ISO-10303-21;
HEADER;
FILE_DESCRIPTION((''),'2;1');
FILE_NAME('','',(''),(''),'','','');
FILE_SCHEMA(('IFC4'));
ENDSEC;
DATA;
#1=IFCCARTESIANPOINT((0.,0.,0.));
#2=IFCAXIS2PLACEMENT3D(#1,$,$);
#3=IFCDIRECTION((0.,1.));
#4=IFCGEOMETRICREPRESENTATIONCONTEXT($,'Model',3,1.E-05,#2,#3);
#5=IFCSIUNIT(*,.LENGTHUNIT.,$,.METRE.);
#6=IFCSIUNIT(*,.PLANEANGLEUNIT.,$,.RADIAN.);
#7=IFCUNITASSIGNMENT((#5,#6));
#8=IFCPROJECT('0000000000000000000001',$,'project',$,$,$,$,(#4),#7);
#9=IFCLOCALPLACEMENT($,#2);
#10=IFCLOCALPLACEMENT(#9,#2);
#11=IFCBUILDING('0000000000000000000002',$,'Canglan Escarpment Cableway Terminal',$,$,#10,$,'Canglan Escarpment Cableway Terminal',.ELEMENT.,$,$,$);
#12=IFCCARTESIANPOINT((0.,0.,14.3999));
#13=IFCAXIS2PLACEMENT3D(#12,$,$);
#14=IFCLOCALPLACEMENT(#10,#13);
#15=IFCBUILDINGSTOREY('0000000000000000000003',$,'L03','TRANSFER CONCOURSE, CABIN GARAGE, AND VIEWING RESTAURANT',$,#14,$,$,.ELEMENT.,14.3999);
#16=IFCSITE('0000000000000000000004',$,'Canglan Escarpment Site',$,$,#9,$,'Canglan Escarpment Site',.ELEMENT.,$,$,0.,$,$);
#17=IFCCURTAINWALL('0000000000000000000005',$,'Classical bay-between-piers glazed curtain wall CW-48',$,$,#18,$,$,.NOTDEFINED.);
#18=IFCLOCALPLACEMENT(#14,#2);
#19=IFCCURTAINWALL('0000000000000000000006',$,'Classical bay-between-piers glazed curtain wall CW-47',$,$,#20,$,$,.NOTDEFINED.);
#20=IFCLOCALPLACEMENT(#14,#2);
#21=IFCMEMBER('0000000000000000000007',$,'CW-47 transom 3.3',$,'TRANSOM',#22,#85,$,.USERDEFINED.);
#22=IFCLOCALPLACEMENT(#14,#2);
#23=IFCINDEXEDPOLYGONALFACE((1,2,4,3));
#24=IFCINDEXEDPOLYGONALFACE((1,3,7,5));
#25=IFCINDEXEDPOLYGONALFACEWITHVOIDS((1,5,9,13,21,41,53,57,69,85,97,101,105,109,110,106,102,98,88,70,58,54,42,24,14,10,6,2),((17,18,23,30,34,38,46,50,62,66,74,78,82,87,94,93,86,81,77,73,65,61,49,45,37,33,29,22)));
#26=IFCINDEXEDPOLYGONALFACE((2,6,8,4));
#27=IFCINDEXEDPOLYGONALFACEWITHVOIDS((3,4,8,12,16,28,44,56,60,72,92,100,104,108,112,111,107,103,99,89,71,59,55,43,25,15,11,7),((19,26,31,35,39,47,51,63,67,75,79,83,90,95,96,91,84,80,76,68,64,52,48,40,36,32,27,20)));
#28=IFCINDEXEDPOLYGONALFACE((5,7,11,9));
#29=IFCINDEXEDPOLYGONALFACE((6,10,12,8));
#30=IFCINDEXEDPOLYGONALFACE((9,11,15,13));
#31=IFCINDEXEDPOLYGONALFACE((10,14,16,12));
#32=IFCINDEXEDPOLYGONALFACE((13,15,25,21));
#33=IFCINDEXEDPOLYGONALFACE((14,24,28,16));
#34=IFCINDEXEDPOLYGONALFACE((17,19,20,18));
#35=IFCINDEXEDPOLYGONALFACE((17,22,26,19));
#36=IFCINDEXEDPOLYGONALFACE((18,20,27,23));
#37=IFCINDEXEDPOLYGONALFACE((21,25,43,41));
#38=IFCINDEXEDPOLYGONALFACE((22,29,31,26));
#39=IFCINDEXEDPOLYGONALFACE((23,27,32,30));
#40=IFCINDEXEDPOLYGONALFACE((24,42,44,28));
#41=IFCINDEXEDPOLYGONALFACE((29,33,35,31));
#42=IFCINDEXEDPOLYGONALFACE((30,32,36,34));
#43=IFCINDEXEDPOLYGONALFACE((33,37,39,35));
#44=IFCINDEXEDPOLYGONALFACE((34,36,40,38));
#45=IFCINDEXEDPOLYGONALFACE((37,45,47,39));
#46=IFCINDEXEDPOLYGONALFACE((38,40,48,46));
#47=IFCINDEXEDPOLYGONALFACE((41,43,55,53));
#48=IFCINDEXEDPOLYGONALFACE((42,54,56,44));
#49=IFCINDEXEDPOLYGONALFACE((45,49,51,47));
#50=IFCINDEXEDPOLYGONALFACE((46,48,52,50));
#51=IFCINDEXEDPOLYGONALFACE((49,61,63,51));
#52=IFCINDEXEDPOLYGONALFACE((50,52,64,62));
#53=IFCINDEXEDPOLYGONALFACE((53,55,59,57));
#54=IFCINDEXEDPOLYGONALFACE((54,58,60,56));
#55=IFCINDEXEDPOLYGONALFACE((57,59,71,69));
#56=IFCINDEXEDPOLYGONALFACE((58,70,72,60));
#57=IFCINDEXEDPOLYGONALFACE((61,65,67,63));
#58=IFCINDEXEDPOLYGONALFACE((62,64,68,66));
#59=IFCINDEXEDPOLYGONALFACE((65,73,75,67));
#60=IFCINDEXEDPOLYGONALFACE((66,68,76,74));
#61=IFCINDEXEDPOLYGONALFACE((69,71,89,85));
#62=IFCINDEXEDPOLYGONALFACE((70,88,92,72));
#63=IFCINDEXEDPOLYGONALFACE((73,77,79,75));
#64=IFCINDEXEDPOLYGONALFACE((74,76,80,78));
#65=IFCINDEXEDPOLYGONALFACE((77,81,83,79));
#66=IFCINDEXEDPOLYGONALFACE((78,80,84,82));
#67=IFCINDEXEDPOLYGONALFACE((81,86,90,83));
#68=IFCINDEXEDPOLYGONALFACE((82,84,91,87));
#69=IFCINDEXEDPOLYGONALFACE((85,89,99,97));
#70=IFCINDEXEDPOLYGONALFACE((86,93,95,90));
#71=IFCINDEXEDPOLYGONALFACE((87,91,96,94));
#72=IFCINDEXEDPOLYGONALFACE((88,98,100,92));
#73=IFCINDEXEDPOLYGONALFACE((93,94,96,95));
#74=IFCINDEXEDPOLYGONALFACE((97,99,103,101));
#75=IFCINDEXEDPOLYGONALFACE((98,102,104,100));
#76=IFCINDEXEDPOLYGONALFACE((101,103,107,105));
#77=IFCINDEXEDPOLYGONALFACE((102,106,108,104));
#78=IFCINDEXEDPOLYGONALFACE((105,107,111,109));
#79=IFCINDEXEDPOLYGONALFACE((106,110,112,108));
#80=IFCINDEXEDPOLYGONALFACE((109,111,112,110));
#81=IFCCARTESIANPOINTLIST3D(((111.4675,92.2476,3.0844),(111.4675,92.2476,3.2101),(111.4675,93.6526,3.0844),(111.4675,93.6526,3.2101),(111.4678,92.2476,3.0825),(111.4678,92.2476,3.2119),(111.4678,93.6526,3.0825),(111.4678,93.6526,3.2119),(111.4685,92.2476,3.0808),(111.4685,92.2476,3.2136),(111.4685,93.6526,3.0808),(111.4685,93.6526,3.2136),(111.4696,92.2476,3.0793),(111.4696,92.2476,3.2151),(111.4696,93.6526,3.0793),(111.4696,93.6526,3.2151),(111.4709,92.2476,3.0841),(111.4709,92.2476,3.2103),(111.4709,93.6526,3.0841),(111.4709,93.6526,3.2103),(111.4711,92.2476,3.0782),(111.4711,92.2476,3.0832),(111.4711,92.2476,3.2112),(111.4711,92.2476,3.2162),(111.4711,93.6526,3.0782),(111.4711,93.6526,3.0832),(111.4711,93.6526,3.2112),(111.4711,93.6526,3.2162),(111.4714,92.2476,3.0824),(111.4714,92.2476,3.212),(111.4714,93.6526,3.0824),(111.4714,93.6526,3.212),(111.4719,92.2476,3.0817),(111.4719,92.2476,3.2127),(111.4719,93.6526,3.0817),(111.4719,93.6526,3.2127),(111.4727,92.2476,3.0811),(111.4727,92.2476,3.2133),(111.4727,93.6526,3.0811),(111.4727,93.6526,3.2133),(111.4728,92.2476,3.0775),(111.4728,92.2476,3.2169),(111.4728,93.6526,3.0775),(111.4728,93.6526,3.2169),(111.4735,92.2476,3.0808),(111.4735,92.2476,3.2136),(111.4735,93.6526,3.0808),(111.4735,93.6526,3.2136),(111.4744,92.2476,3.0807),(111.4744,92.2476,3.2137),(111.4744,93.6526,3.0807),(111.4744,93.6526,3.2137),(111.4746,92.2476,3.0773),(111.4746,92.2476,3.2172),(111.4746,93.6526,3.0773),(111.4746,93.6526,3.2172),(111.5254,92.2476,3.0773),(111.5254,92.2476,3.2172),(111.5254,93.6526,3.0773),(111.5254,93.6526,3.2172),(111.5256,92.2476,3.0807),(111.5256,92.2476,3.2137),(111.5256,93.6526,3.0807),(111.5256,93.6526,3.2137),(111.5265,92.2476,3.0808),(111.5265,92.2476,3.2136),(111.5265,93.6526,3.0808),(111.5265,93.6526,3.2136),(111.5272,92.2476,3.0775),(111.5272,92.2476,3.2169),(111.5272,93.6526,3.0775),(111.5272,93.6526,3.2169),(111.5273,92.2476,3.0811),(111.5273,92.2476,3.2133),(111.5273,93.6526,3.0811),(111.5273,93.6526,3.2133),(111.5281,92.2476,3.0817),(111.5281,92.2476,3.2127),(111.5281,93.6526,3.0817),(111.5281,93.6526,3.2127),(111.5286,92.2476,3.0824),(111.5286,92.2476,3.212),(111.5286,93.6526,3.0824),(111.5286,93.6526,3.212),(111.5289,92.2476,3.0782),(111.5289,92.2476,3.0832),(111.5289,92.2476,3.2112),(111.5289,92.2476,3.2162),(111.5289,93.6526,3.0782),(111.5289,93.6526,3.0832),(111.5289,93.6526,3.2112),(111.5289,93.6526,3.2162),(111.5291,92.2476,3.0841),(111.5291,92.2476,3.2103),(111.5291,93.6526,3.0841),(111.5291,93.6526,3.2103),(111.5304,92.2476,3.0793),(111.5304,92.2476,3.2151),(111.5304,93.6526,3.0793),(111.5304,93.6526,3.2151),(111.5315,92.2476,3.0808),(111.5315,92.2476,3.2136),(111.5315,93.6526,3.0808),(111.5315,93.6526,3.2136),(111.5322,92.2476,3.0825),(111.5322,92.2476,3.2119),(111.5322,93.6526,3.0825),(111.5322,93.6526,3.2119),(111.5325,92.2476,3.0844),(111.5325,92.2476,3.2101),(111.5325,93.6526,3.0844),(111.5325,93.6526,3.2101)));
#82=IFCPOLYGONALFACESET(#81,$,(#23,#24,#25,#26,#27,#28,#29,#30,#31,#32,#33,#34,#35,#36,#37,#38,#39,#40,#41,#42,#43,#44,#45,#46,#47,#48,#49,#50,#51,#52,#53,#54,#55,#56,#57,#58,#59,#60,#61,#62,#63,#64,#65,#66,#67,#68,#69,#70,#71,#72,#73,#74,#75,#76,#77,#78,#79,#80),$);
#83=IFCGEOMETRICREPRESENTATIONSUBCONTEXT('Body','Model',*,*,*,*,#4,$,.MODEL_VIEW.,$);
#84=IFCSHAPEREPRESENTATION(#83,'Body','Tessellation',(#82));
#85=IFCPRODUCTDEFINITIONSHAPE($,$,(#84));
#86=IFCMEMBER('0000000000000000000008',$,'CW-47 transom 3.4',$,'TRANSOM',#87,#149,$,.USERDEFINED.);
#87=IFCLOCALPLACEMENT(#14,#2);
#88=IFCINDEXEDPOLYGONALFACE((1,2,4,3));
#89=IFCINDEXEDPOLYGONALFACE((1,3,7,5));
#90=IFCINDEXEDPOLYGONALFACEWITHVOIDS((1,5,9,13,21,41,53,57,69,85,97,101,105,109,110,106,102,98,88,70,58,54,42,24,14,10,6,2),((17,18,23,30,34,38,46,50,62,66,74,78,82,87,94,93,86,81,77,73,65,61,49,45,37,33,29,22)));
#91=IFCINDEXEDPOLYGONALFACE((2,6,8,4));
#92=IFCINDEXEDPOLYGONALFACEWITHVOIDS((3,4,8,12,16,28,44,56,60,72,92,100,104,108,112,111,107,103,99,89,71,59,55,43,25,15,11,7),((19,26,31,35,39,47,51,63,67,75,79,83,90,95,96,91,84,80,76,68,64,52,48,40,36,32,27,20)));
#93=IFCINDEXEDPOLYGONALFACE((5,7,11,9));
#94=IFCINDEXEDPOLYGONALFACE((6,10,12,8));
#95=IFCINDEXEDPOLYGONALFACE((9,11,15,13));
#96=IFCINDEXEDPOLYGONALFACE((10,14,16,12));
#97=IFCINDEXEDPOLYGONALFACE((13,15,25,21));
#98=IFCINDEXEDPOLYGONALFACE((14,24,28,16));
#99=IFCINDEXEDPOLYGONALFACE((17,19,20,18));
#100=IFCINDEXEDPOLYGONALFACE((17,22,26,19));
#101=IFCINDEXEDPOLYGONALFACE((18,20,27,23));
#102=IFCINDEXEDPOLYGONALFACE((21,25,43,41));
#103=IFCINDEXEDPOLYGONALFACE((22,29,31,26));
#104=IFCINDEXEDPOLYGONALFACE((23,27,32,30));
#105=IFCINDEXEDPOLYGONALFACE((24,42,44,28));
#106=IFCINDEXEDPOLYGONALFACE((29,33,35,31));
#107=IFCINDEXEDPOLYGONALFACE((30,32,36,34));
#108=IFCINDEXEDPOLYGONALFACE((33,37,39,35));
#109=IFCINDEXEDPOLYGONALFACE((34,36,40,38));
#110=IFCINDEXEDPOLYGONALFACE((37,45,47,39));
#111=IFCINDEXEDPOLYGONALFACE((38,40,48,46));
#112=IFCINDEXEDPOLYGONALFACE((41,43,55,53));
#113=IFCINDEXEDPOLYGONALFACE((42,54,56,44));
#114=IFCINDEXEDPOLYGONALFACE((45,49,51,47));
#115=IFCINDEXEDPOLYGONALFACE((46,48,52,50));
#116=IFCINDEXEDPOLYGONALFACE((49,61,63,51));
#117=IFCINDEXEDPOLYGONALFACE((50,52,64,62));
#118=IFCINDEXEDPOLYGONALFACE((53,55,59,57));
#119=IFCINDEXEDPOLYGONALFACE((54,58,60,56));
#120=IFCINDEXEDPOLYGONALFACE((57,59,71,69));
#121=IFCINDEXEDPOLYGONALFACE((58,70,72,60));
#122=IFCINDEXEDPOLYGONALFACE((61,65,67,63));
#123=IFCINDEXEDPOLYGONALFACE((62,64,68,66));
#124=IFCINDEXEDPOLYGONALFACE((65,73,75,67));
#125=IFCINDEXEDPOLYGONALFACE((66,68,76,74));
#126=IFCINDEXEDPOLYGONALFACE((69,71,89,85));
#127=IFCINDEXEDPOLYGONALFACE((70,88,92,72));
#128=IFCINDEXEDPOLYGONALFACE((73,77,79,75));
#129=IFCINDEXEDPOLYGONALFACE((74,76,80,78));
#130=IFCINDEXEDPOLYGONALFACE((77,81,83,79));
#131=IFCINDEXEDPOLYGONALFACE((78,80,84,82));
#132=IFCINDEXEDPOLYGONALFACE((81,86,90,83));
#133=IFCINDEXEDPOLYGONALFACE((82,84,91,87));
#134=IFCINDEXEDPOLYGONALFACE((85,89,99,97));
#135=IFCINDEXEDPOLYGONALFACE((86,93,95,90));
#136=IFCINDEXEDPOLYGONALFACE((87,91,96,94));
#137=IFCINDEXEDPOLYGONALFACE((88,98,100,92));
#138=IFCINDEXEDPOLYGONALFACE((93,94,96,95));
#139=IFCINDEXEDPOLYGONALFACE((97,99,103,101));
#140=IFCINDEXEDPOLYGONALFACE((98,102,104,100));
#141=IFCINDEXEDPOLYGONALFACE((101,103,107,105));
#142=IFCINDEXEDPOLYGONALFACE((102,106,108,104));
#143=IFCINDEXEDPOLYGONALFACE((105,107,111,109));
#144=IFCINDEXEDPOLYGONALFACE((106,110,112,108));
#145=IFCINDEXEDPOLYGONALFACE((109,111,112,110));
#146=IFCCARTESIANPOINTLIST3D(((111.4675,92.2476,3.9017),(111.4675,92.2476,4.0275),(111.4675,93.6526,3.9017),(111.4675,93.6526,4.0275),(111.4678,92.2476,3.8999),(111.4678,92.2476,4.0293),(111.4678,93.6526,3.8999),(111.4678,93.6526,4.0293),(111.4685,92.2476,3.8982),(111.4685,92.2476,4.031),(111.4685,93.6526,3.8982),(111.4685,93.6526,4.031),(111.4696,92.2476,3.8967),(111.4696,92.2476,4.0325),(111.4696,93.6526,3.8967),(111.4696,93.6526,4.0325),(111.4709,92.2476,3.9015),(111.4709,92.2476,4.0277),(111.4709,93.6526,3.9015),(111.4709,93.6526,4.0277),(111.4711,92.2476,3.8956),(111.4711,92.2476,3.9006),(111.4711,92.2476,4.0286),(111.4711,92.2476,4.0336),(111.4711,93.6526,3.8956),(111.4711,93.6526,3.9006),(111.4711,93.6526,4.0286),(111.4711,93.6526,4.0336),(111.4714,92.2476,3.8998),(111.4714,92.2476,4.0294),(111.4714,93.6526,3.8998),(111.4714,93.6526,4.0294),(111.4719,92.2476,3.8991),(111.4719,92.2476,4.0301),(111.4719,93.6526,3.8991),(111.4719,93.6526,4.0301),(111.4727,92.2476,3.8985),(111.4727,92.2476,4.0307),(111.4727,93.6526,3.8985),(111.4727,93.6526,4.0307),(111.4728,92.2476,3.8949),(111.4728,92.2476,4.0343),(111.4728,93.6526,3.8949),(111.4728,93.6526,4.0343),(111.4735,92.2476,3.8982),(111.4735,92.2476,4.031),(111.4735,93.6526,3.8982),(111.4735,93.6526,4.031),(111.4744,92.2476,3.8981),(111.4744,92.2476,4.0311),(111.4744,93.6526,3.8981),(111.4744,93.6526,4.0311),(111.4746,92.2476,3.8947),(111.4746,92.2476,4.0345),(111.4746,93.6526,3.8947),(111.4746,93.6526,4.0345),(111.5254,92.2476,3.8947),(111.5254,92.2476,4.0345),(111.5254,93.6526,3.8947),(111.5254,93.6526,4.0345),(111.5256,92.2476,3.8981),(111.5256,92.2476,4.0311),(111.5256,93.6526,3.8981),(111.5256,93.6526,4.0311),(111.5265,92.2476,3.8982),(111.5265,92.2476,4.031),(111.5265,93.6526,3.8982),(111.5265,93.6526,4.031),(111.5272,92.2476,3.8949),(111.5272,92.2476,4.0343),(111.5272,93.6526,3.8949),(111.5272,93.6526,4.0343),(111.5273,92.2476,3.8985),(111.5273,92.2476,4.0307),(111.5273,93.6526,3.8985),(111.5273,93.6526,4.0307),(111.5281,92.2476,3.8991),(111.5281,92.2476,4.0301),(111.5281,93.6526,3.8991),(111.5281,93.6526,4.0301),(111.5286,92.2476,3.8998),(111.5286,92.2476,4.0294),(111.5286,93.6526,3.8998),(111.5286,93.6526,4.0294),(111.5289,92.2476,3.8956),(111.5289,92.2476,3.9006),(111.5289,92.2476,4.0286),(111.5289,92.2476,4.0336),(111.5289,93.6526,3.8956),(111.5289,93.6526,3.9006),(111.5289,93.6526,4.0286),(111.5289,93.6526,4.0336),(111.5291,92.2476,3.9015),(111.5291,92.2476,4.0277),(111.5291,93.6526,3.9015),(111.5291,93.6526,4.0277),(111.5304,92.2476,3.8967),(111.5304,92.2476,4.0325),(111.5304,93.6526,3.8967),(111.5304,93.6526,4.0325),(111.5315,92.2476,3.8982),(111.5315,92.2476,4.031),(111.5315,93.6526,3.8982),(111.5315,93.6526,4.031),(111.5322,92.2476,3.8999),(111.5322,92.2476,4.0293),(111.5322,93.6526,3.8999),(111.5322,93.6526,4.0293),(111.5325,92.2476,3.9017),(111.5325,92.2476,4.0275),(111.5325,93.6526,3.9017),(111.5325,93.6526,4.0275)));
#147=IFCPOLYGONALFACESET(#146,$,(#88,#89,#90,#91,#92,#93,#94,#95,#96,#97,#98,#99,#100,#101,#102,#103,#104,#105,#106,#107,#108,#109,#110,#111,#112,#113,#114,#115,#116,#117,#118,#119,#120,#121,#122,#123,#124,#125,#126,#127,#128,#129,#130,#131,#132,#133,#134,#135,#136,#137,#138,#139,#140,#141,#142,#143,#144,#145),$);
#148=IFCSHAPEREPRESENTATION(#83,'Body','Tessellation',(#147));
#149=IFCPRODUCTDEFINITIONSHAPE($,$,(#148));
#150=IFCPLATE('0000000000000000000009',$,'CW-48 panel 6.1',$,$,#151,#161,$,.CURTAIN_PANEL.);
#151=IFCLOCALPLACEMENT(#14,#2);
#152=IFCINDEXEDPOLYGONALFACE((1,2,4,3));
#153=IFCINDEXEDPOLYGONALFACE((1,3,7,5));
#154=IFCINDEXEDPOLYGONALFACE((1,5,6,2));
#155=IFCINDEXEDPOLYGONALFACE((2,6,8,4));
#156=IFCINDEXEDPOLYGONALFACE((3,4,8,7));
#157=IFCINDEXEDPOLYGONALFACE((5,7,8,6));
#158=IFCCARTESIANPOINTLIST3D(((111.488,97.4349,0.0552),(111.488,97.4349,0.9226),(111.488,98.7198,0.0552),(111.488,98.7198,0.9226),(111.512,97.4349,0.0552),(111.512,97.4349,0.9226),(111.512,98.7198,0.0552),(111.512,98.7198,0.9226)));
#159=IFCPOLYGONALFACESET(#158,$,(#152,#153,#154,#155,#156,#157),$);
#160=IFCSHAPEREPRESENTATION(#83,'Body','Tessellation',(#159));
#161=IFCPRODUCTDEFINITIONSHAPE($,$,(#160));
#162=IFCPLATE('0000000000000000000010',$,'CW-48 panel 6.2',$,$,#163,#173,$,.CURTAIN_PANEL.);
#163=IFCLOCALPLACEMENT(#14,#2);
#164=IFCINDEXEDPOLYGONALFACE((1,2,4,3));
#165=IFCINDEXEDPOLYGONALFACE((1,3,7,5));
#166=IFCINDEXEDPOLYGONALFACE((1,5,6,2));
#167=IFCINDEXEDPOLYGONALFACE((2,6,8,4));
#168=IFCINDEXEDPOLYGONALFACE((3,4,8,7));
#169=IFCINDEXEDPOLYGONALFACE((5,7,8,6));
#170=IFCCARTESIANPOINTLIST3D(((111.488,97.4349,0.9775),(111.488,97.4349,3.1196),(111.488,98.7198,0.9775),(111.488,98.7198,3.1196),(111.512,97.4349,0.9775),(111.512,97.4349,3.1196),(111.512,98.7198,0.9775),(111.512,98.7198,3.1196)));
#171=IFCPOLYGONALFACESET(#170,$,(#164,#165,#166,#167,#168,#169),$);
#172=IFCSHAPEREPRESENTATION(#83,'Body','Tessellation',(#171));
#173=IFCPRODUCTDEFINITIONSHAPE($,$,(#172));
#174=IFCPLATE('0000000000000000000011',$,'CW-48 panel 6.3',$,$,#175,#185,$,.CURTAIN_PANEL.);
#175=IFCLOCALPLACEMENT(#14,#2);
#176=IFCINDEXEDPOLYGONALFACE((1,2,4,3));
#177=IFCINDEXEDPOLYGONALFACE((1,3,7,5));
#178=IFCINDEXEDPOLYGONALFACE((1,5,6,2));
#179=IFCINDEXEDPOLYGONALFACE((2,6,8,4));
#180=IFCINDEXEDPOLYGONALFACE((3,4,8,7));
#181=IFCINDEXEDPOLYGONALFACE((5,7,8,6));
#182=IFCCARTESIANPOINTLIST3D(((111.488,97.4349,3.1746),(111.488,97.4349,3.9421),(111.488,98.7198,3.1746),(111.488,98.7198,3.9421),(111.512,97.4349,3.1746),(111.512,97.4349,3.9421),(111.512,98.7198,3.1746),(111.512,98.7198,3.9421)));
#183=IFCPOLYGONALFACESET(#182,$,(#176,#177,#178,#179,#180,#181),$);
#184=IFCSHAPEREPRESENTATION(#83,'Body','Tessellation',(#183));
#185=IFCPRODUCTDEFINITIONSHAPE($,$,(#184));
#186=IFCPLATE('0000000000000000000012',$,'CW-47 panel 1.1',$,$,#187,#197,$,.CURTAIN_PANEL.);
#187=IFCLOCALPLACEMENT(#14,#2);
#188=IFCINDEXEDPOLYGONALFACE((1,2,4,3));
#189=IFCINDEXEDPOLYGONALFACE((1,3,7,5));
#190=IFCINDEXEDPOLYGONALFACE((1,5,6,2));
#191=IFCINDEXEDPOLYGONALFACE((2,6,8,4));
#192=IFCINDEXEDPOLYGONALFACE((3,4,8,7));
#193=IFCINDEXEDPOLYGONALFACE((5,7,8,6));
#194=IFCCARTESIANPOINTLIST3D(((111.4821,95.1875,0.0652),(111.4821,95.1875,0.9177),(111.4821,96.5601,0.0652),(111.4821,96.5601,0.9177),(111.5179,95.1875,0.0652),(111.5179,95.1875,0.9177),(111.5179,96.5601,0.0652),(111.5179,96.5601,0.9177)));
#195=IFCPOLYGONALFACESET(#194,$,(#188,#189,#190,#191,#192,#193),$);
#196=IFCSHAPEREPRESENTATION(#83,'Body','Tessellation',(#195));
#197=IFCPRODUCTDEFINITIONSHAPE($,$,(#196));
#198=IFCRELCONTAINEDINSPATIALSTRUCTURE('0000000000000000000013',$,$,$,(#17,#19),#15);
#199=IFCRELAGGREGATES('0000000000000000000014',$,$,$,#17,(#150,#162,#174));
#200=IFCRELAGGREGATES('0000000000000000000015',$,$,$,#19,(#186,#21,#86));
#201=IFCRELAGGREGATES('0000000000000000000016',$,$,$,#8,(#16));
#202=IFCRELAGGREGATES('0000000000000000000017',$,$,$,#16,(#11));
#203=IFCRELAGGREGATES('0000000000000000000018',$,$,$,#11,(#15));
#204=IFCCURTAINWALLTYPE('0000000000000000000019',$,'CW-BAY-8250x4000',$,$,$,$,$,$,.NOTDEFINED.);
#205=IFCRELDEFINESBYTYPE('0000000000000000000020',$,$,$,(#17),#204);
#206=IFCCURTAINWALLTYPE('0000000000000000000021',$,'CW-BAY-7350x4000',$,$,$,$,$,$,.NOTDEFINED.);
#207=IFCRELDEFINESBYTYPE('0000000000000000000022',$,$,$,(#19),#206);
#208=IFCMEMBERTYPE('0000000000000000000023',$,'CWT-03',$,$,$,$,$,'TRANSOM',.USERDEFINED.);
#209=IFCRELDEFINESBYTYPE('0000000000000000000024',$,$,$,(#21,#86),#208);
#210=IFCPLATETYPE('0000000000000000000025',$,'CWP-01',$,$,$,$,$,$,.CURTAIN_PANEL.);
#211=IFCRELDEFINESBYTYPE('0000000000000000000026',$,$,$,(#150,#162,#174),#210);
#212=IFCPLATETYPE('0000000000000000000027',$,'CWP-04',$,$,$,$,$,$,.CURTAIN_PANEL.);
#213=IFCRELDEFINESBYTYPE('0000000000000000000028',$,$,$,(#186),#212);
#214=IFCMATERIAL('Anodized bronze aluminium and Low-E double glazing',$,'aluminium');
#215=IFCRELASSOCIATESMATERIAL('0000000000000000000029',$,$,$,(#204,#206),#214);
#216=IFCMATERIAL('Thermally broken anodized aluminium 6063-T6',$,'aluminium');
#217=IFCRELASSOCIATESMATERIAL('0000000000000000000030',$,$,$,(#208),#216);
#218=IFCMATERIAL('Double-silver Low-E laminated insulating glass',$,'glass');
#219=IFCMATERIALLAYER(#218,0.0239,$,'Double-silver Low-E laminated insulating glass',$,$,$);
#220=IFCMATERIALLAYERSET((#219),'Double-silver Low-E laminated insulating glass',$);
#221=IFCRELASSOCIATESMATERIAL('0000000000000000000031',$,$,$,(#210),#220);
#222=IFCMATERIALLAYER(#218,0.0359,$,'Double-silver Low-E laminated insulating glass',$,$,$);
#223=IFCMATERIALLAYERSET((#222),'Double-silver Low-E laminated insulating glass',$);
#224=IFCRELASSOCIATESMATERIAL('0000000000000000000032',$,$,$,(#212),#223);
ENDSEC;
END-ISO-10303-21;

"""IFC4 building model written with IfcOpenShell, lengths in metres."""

from ifc_helpers import new_model, si_unit, direction, frame, origin, origin_2d, place, context, subcontext, project, spatial, rectangle, hollow_rectangle, extrude, material, layer, layer_set, material_profile, profile_set, type_object, element, aggregate, save


model = new_model("IFC4")

# Units and contexts
model_context = context("Model", 3, precision=1e-05, world=origin(), true_north=direction((0.0, 1.0)))
body_context = subcontext(model_context, "Body", "Model", "MODEL_VIEW")
ifc_project = project(units=[si_unit("LENGTHUNIT", "METRE"), si_unit("PLANEANGLEUNIT", "RADIAN")], contexts=[model_context])

# Site, building, storey
site_placement = place(None, origin())
site = spatial("IfcSite", under=ifc_project, at=site_placement, Name="Canglan Escarpment Site", LongName="Canglan Escarpment Site", CompositionType="ELEMENT", RefElevation=0.0)
building_placement = place(site_placement, origin())
building = spatial("IfcBuilding", under=site, at=building_placement, Name="Canglan Escarpment Cableway Terminal", LongName="Canglan Escarpment Cableway Terminal", CompositionType="ELEMENT")
storey_placement = place(building_placement, frame((0.0, 0.0, 14.3999)))
storey = spatial("IfcBuildingStorey", under=building, at=storey_placement, Name="L03", Description="TRANSFER CONCOURSE, CABIN GARAGE, AND VIEWING RESTAURANT", CompositionType="ELEMENT", Elevation=14.3999)

# Curtain wall
ifc_material_1 = material(Name="Anodized bronze aluminium and Low-E double glazing", Category="aluminium")
curtain_wall_type_1 = type_object("IfcCurtainWallType", Name="CW-BAY-8250x4000", PredefinedType="NOTDEFINED", material=ifc_material_1)
curtain_wall_1_placement = place(storey_placement, origin())
curtain_wall_1 = element("IfcCurtainWall", 1, at=curtain_wall_1_placement, inside=storey, type_object=curtain_wall_type_1, Name="Classical bay-between-piers glazed curtain wall CW-48", PredefinedType="NOTDEFINED")
ifc_material_2 = material(Name="Thermally broken anodized aluminium 6063-T6", Category="aluminium")

# Curtain wall
curtain_wall_type_2 = type_object("IfcCurtainWallType", Name="CW-BAY-7350x4000", PredefinedType="NOTDEFINED", material=ifc_material_1)
curtain_wall_2_placement = place(storey_placement, origin())
curtain_wall_2 = element("IfcCurtainWall", 2, at=curtain_wall_2_placement, inside=storey, type_object=curtain_wall_type_2, Name="Classical bay-between-piers glazed curtain wall CW-47", PredefinedType="NOTDEFINED")

# Members
ifc_material_profile_1 = material_profile(ifc_material_2, hollow_rectangle(XDim=0.0649, YDim=0.1399, WallThickness=0.0034, InnerFilletRadius=0.0034, OuterFilletRadius=0.0071, at=origin_2d()), Name="ALU-TRAN 65x140x3.5")
ifc_profile_set_1 = profile_set([ifc_material_profile_1], Name="Thermally broken anodized aluminium 6063-T6")
member_type_1 = type_object("IfcMemberType", Name="CWT-03", ElementType="TRANSOM", PredefinedType="USERDEFINED", material=ifc_profile_set_1)
member_1_placement = place(storey_placement, frame((111.5, 93.6526, 3.1472), z_axis=(0.0, -1.0, 0.0), x_axis=(1.0, 0.0, 0.0)))
member_1 = element("IfcMember", 3, at=member_1_placement, type_object=member_type_1, Name="CW-47 transom 3.3", ObjectType="TRANSOM", PredefinedType="USERDEFINED", context=body_context, shape_type="SweptSolid", body=[
    extrude(hollow_rectangle(XDim=0.0649, YDim=0.1399, WallThickness=0.0034, InnerFilletRadius=0.0034, OuterFilletRadius=0.0071, at=origin_2d()), origin(), (0.0, 0.0, 1.0), 1.405),
])
member_2_placement = place(storey_placement, frame((111.5, 93.6526, 3.9646), z_axis=(0.0, -1.0, 0.0), x_axis=(1.0, 0.0, 0.0)))
member_2 = element("IfcMember", 4, at=member_2_placement, type_object=member_type_1, Name="CW-47 transom 3.4", ObjectType="TRANSOM", PredefinedType="USERDEFINED", context=body_context, shape_type="SweptSolid", body=[
    extrude(hollow_rectangle(XDim=0.0649, YDim=0.1399, WallThickness=0.0034, InnerFilletRadius=0.0034, OuterFilletRadius=0.0071, at=origin_2d()), origin(), (0.0, 0.0, 1.0), 1.405),
])

# Plates
ifc_material_3 = material(Name="Double-silver Low-E laminated insulating glass", Category="glass")
ifc_layer_1 = layer(ifc_material_3, 0.0239, Name="Double-silver Low-E laminated insulating glass")
ifc_layer_set_1 = layer_set([ifc_layer_1], Name="Double-silver Low-E laminated insulating glass")
plate_type_1 = type_object("IfcPlateType", Name="CWP-01", PredefinedType="CURTAIN_PANEL", material=ifc_layer_set_1)
plate_1_placement = place(storey_placement, frame((111.5, 98.0774, 0.0552), z_axis=(0.0, 0.0, 1.0), x_axis=(0.0, -1.0, 0.0)))
plate_1 = element("IfcPlate", 5, at=plate_1_placement, type_object=plate_type_1, Name="CW-48 panel 6.1", PredefinedType="CURTAIN_PANEL", context=body_context, shape_type="SweptSolid", body=[
    extrude(rectangle(XDim=1.2849, YDim=0.0239, at=origin_2d()), origin(), (0.0, 0.0, 1.0), 0.8674),
])
plate_2_placement = place(storey_placement, frame((111.5, 98.0774, 0.9775), z_axis=(0.0, 0.0, 1.0), x_axis=(0.0, -1.0, 0.0)))
plate_2 = element("IfcPlate", 6, at=plate_2_placement, type_object=plate_type_1, Name="CW-48 panel 6.2", PredefinedType="CURTAIN_PANEL", context=body_context, shape_type="SweptSolid", body=[
    extrude(rectangle(XDim=1.2849, YDim=0.0239, at=origin_2d()), origin(), (0.0, 0.0, 1.0), 2.1421),
])
plate_3_placement = place(storey_placement, frame((111.5, 98.0774, 3.1746), z_axis=(0.0, 0.0, 1.0), x_axis=(0.0, -1.0, 0.0)))
plate_3 = element("IfcPlate", 7, at=plate_3_placement, type_object=plate_type_1, Name="CW-48 panel 6.3", PredefinedType="CURTAIN_PANEL", context=body_context, shape_type="SweptSolid", body=[
    extrude(rectangle(XDim=1.2849, YDim=0.0239, at=origin_2d()), origin(), (0.0, 0.0, 1.0), 0.7676),
])
aggregate(curtain_wall_1, [plate_1, plate_2, plate_3])
ifc_layer_2 = layer(ifc_material_3, 0.0359, Name="Double-silver Low-E laminated insulating glass")
ifc_layer_set_2 = layer_set([ifc_layer_2], Name="Double-silver Low-E laminated insulating glass")
plate_type_2 = type_object("IfcPlateType", Name="CWP-04", PredefinedType="CURTAIN_PANEL", material=ifc_layer_set_2)
plate_4_placement = place(storey_placement, frame((111.5, 95.8738, 0.0652), z_axis=(0.0, 0.0, 1.0), x_axis=(0.0, -1.0, 0.0)))
plate_4 = element("IfcPlate", 8, at=plate_4_placement, type_object=plate_type_2, Name="CW-47 panel 1.1", PredefinedType="CURTAIN_PANEL", context=body_context, shape_type="SweptSolid", body=[
    extrude(rectangle(XDim=1.3726, YDim=0.0359, at=origin_2d()), origin(), (0.0, 0.0, 1.0), 0.8525),
])
aggregate(curtain_wall_2, [plate_4, member_1, member_2])

save(model, "model.ifc")
